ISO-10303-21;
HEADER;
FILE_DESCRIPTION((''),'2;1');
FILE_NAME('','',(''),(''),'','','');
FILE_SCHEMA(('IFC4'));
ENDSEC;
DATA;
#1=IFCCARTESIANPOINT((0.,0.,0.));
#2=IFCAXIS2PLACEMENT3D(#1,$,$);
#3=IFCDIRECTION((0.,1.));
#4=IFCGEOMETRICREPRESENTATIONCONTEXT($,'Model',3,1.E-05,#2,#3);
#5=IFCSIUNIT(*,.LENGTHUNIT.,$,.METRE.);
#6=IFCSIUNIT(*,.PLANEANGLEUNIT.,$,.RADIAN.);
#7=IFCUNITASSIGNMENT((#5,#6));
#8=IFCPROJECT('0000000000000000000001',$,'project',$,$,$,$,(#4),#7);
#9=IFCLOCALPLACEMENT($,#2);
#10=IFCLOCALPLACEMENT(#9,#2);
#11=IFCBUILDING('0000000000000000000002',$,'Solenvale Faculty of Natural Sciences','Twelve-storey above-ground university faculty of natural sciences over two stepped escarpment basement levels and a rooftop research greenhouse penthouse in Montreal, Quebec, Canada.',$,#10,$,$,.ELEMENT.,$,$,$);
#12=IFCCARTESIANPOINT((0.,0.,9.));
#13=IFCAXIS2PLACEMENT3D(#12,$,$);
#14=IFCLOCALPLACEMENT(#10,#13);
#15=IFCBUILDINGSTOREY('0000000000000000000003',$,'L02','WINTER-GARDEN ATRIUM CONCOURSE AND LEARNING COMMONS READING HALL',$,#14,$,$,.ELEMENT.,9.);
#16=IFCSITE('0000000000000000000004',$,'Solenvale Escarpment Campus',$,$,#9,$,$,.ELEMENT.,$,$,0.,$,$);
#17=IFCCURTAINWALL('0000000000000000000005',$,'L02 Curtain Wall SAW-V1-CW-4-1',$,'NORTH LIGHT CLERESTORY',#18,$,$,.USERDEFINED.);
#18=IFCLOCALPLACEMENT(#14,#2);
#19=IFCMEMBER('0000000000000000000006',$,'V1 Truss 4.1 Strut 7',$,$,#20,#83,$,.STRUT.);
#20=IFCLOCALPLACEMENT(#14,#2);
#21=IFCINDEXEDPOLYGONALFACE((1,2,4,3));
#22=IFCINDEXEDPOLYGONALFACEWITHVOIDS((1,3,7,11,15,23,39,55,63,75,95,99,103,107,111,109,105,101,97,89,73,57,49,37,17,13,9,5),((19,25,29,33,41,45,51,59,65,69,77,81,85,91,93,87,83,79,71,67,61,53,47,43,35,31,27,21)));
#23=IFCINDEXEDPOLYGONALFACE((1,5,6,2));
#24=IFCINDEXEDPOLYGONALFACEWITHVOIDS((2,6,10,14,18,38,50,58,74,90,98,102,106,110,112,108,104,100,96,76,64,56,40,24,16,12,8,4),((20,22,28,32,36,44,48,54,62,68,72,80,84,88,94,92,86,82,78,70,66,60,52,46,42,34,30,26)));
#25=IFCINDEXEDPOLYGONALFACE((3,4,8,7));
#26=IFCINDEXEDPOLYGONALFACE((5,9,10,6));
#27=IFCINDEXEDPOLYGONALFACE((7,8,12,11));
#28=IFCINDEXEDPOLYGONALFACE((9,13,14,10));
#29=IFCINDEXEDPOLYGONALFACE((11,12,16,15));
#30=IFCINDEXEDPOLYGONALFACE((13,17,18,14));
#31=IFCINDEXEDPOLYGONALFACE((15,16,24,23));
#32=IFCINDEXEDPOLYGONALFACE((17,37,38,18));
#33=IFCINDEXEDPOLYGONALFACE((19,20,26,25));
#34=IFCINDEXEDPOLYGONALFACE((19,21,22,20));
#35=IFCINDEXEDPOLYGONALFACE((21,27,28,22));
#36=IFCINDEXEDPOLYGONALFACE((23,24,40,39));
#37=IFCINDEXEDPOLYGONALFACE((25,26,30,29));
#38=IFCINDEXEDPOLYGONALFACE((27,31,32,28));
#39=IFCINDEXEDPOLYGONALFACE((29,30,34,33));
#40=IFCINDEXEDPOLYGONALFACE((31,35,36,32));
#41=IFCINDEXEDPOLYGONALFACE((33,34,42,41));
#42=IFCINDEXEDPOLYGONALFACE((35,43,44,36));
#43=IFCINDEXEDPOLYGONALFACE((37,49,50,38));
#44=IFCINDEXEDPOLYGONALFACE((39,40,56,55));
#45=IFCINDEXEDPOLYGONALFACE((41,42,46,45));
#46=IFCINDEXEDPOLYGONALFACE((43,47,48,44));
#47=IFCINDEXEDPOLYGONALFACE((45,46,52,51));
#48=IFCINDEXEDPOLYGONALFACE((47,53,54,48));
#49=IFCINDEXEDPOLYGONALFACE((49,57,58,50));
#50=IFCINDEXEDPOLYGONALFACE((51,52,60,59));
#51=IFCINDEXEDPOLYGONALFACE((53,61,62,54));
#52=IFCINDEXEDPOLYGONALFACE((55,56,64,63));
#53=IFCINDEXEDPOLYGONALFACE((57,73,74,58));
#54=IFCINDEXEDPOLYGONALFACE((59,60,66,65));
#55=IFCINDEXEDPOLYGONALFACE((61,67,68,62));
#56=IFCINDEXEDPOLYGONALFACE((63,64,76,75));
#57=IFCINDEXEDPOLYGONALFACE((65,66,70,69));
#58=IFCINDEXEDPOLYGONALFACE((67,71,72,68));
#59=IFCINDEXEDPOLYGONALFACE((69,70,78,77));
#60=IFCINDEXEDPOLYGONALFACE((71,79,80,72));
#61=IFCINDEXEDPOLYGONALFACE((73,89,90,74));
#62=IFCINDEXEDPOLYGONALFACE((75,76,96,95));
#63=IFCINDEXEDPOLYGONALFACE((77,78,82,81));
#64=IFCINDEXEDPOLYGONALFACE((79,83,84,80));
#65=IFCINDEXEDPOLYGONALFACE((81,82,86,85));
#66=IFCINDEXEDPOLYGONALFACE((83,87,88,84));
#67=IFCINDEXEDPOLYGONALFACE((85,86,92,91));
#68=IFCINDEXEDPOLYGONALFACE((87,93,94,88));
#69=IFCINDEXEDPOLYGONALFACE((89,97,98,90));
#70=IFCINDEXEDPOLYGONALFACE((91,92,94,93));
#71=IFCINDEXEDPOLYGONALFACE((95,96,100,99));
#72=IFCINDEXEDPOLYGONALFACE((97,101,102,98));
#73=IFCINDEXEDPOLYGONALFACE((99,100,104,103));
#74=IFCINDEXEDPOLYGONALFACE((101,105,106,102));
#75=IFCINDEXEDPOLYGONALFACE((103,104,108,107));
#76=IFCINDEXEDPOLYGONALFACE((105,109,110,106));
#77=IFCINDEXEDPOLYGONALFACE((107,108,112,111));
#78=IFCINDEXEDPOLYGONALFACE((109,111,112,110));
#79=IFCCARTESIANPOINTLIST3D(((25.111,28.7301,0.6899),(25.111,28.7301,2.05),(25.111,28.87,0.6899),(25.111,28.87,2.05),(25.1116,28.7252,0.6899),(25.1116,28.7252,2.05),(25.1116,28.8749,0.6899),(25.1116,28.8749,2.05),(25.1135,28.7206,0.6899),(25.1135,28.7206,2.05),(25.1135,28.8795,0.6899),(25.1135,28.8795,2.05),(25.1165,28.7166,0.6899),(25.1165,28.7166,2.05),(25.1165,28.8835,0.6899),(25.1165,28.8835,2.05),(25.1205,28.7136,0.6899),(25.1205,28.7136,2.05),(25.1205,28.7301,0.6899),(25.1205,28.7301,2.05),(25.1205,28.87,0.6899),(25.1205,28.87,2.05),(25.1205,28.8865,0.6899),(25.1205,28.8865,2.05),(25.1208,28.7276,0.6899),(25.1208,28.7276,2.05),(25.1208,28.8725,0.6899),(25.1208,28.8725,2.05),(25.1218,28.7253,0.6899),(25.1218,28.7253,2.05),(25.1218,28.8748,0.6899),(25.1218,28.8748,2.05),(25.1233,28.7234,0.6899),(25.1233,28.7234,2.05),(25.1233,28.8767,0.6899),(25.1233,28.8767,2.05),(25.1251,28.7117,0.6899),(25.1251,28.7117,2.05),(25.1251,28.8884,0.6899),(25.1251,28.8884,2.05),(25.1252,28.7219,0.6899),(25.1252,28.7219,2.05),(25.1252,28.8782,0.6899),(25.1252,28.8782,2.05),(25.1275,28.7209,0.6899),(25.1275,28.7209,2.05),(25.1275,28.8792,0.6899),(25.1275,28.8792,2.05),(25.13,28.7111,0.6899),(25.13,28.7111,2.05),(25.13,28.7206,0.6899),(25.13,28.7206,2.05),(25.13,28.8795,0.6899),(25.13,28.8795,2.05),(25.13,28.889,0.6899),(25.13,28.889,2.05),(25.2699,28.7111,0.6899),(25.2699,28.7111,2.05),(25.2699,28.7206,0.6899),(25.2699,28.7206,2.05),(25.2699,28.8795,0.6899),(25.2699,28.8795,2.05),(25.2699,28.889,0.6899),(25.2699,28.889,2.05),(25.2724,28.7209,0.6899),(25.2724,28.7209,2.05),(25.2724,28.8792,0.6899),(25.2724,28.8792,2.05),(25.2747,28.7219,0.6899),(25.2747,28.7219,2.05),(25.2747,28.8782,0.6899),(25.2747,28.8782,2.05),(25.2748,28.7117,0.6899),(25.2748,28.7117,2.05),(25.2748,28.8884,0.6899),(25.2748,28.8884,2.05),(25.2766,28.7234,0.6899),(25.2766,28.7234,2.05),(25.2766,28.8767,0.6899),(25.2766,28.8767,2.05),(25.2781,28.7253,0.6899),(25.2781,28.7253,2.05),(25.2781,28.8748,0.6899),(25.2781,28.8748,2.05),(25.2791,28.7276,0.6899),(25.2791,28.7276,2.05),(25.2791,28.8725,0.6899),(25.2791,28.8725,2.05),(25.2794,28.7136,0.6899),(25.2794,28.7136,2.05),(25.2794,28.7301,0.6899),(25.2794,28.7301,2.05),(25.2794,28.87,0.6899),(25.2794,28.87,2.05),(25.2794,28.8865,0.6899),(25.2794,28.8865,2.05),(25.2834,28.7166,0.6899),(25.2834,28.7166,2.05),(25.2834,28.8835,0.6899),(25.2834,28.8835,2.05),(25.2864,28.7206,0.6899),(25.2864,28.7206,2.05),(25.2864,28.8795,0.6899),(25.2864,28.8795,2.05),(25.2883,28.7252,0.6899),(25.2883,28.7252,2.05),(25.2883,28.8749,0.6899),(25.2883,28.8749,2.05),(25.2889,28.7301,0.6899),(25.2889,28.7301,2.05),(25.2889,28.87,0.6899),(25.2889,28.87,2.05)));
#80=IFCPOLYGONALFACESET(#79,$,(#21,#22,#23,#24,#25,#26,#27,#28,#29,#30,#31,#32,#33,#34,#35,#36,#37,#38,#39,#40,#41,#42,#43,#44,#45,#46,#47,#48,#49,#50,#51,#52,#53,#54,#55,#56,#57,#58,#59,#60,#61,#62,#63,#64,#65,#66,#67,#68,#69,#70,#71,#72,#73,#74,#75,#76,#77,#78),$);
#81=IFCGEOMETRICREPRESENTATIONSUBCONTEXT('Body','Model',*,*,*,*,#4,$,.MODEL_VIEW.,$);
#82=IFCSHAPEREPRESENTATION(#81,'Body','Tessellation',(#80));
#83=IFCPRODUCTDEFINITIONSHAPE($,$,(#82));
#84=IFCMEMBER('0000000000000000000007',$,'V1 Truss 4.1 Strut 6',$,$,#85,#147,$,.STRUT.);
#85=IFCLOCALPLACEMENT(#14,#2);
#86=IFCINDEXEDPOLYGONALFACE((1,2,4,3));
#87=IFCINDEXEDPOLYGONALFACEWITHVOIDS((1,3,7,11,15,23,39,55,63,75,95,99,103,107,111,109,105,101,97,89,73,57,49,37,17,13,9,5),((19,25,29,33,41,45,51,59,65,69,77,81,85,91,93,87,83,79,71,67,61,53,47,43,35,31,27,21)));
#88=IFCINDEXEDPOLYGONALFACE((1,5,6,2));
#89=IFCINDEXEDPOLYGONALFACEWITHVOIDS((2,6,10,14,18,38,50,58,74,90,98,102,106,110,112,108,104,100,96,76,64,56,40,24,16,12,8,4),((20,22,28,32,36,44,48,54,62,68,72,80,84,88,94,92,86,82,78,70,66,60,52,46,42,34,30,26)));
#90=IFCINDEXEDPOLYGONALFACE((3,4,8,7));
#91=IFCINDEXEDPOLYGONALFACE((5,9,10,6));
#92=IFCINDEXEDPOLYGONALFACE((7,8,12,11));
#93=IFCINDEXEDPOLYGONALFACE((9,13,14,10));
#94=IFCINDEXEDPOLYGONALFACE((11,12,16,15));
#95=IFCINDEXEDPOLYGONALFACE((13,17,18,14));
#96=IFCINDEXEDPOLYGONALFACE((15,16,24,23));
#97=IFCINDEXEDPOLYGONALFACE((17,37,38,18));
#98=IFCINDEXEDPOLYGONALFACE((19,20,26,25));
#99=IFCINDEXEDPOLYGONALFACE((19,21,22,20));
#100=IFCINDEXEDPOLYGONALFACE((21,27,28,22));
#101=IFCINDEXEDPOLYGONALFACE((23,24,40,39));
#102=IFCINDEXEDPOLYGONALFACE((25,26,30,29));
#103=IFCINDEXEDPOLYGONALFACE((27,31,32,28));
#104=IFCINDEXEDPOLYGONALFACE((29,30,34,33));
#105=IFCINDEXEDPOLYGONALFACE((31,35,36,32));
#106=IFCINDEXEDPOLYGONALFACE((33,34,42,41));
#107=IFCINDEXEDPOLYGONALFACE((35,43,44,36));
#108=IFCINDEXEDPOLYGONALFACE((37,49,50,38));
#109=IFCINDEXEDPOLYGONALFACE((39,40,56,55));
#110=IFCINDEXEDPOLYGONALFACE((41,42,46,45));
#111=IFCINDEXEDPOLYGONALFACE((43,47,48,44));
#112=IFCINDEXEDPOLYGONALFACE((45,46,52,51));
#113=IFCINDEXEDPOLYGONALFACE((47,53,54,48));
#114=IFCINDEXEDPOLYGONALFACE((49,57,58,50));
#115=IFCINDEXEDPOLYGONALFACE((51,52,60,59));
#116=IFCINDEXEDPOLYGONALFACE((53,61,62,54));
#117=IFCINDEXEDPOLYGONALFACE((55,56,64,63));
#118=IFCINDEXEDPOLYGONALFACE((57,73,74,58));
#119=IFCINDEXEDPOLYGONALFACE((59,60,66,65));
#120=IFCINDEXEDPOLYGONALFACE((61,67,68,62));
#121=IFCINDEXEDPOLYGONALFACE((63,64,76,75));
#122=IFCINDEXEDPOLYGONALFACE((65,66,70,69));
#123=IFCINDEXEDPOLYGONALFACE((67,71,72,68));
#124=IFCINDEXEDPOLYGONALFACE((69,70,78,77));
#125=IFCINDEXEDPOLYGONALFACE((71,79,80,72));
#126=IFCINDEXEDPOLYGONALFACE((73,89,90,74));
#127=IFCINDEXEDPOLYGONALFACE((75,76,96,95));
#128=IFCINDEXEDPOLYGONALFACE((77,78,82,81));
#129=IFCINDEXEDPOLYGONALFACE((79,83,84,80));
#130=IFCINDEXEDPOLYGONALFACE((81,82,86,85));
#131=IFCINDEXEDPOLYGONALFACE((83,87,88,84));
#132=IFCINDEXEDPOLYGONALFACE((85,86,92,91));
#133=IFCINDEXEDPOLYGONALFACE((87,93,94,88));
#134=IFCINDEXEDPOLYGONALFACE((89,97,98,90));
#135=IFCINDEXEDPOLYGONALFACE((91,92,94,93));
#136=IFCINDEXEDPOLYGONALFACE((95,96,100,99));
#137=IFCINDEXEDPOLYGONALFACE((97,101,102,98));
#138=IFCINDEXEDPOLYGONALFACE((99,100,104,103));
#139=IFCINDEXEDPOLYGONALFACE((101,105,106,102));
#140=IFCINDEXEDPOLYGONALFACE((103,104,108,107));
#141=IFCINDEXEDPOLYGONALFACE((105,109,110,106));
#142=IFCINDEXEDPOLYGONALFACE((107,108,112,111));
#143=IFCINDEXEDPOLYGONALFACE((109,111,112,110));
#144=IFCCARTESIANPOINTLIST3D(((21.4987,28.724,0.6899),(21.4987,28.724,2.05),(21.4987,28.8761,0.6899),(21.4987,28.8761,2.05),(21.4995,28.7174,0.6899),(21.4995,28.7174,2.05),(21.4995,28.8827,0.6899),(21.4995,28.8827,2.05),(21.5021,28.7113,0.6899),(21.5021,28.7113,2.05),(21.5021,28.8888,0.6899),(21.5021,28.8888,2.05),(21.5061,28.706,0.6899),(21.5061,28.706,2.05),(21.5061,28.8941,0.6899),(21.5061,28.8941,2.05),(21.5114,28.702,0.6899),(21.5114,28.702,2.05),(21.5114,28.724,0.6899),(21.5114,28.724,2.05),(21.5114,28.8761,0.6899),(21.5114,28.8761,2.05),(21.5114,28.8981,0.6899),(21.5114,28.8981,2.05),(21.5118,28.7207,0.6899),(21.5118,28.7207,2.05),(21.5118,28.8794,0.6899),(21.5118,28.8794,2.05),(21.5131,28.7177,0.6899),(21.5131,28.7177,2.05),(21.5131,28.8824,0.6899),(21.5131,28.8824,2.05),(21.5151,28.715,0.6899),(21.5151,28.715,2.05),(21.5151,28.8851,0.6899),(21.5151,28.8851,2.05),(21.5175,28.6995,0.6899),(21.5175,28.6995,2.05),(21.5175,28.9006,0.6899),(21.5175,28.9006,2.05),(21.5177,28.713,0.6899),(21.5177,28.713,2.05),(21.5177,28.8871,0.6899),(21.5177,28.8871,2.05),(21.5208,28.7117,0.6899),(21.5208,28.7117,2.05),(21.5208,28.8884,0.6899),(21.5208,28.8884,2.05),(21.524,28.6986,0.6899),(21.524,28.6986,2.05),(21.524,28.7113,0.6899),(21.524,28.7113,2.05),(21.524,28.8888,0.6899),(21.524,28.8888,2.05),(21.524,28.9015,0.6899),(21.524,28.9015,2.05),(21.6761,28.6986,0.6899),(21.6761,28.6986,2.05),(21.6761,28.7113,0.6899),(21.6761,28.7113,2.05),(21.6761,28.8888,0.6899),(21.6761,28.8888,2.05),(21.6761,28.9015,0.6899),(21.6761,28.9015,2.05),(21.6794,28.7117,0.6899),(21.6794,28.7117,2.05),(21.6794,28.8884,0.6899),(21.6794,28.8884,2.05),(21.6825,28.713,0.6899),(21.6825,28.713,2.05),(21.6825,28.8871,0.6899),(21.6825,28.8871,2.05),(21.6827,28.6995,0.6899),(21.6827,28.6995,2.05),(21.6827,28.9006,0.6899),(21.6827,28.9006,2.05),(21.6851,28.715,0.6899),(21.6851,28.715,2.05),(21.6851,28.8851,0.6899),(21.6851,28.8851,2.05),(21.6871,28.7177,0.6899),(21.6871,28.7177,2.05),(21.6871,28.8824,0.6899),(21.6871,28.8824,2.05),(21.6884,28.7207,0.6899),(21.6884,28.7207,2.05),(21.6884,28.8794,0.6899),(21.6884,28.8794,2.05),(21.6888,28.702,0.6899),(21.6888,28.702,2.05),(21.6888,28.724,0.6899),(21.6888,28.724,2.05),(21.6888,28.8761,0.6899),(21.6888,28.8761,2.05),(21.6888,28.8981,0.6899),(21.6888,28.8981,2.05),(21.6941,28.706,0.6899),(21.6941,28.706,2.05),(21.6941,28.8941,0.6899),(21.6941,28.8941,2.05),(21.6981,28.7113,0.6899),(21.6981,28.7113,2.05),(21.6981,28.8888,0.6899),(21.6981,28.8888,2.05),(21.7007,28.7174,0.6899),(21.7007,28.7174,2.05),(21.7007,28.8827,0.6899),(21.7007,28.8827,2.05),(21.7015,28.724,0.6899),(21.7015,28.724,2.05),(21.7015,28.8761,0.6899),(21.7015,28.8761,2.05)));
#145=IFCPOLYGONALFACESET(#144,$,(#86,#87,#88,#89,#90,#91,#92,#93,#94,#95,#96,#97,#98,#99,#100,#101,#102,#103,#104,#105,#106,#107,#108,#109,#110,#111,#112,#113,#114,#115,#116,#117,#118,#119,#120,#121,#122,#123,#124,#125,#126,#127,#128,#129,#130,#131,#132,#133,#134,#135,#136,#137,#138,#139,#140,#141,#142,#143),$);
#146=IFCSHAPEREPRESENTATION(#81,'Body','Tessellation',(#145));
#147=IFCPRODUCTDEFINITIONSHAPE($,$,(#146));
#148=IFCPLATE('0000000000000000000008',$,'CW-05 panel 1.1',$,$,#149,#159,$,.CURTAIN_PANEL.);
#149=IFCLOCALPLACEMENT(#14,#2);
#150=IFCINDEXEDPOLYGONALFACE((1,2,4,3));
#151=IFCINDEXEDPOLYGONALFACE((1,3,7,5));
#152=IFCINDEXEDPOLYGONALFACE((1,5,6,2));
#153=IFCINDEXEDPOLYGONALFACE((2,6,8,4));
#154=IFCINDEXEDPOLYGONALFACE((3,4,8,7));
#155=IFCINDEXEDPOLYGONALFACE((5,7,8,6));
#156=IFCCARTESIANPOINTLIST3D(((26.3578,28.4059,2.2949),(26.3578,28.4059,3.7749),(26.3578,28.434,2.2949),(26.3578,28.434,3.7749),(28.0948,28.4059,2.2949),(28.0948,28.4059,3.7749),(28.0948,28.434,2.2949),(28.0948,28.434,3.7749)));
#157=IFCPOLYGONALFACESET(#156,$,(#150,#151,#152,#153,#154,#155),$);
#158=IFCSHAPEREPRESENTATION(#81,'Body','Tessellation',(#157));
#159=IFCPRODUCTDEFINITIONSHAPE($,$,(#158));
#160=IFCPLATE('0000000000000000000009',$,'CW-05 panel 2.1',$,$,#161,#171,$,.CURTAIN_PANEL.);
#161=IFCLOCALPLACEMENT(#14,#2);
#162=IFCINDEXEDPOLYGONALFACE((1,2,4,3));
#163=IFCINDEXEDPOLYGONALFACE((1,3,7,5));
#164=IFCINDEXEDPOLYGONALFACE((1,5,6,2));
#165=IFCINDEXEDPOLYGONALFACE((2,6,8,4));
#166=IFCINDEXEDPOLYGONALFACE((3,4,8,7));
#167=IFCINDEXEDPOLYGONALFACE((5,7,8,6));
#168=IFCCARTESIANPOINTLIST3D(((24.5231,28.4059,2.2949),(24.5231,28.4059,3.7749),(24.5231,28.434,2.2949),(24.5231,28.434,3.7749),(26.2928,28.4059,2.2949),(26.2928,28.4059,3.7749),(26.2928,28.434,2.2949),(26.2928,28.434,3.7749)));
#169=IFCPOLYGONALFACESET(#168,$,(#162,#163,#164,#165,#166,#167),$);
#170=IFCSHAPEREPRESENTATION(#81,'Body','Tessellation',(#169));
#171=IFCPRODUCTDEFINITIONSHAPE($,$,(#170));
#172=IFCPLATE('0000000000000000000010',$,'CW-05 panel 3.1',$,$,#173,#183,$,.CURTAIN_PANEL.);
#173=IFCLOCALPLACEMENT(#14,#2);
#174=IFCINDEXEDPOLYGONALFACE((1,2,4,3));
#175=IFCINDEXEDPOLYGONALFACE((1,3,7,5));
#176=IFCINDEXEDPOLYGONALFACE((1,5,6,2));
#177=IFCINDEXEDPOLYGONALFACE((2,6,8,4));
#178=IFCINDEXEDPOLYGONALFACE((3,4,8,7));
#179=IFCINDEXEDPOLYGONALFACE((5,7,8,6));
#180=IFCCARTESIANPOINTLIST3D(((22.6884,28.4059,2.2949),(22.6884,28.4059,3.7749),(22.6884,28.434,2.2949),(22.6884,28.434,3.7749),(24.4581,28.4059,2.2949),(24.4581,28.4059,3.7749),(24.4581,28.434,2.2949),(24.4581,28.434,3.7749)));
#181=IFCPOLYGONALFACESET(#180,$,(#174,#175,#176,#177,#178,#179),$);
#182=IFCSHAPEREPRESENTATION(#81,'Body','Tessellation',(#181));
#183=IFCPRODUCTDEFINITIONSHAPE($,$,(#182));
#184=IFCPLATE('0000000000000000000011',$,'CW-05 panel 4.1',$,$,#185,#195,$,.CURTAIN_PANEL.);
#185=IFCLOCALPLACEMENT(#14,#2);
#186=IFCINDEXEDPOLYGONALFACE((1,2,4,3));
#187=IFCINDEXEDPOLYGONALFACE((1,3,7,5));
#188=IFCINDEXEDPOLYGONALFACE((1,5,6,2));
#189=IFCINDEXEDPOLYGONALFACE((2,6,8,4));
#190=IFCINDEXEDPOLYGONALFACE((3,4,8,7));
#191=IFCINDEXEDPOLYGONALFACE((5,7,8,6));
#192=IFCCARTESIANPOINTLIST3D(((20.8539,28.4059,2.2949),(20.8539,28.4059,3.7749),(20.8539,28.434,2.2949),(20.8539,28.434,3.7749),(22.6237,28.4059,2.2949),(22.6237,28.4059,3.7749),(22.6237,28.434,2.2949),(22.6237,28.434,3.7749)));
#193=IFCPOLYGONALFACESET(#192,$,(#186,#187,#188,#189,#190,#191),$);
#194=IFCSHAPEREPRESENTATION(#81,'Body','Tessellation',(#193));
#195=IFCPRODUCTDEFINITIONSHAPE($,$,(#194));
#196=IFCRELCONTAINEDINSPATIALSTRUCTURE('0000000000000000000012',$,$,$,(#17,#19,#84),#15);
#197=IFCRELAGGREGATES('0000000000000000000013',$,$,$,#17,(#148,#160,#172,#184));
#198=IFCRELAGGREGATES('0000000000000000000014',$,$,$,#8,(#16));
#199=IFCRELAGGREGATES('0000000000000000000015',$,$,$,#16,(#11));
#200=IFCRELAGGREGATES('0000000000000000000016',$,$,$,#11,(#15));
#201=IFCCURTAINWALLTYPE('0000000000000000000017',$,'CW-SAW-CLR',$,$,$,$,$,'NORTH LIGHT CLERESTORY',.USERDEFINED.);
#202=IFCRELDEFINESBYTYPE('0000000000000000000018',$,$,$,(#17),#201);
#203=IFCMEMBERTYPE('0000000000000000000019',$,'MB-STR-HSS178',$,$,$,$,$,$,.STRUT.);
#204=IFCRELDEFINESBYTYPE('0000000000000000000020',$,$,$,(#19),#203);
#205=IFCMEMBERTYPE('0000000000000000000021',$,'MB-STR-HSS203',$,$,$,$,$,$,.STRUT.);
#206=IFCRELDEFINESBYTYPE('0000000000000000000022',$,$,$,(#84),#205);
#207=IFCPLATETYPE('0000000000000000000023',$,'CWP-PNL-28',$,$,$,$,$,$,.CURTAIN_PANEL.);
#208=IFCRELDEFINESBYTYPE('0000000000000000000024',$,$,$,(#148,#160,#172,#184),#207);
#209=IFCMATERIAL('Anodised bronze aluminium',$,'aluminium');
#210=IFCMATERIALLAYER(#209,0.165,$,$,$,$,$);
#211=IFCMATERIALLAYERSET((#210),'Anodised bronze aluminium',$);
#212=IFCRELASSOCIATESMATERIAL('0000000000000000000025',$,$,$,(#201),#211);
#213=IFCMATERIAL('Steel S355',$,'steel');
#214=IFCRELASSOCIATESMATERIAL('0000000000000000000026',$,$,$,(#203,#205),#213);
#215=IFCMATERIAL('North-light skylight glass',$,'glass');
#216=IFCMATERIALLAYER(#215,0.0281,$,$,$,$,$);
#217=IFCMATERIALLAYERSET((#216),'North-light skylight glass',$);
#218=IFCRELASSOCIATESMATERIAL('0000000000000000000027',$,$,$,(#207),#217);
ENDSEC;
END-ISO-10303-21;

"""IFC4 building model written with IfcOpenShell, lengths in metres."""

from ifc_helpers import new_model, si_unit, direction, frame, origin, origin_2d, place, context, subcontext, project, spatial, rectangle, hollow_rectangle, extrude, material, layer, layer_set, material_profile, profile_set, type_object, element, aggregate, save


model = new_model("IFC4")

# Units and contexts
model_context = context("Model", 3, precision=1e-05, world=origin(), true_north=direction((0.0, 1.0)))
body_context = subcontext(model_context, "Body", "Model", "MODEL_VIEW")
ifc_project = project(units=[si_unit("LENGTHUNIT", "METRE"), si_unit("PLANEANGLEUNIT", "RADIAN")], contexts=[model_context])

# Site, building, storey
site_placement = place(None, origin())
site = spatial("IfcSite", under=ifc_project, at=site_placement, Name="Solenvale Escarpment Campus", CompositionType="ELEMENT", RefElevation=0.0)
building_placement = place(site_placement, origin())
building = spatial("IfcBuilding", under=site, at=building_placement, Name="Solenvale Faculty of Natural Sciences", Description="Twelve-storey above-ground university faculty of natural sciences over two stepped escarpment basement levels and a rooftop research greenhouse penthouse in Montreal, Quebec, Canada.", CompositionType="ELEMENT")
storey_placement = place(building_placement, frame((0.0, 0.0, 9.0)))
storey = spatial("IfcBuildingStorey", under=building, at=storey_placement, Name="L02", Description="WINTER-GARDEN ATRIUM CONCOURSE AND LEARNING COMMONS READING HALL", CompositionType="ELEMENT", Elevation=9.0)

# Curtain wall
ifc_material_1 = material(Name="Anodised bronze aluminium", Category="aluminium")
ifc_layer_1 = layer(ifc_material_1, 0.165)
ifc_layer_set_1 = layer_set([ifc_layer_1], Name="Anodised bronze aluminium")
curtain_wall_type = type_object("IfcCurtainWallType", Name="CW-SAW-CLR", ElementType="NORTH LIGHT CLERESTORY", PredefinedType="USERDEFINED", material=ifc_layer_set_1)
curtain_wall_placement = place(storey_placement, origin())
curtain_wall = element("IfcCurtainWall", 1, at=curtain_wall_placement, inside=storey, type_object=curtain_wall_type, Name="L02 Curtain Wall SAW-V1-CW-4-1", ObjectType="NORTH LIGHT CLERESTORY", PredefinedType="USERDEFINED")

# Members
ifc_material_2 = material(Name="Steel S355", Category="steel")
ifc_material_profile_1 = material_profile(ifc_material_2, hollow_rectangle(XDim=0.178, YDim=0.178, WallThickness=0.0095, InnerFilletRadius=0.0095, OuterFilletRadius=0.019, at=origin_2d()), Name="HSS178x178x9.5")
ifc_profile_set_1 = profile_set([ifc_material_profile_1], Name="Steel S355")
member_type_1 = type_object("IfcMemberType", Name="MB-STR-HSS178", PredefinedType="STRUT", material=ifc_profile_set_1)
member_1_placement = place(storey_placement, frame((25.2, 28.8, 0.6899), z_axis=(0.0, 0.0, 1.0), x_axis=(1.0, 0.0, 0.0)))
element("IfcMember", 2, at=member_1_placement, inside=storey, type_object=member_type_1, Name="V1 Truss 4.1 Strut 7", PredefinedType="STRUT", context=body_context, shape_type="SweptSolid", body=[
    extrude(hollow_rectangle(XDim=0.178, YDim=0.178, WallThickness=0.0095, InnerFilletRadius=0.0095, OuterFilletRadius=0.019, at=origin_2d()), origin(), (0.0, 0.0, 1.0), 1.3601),
])
ifc_material_profile_2 = material_profile(ifc_material_2, hollow_rectangle(XDim=0.2029, YDim=0.2029, WallThickness=0.0127, InnerFilletRadius=0.0127, OuterFilletRadius=0.0254, at=origin_2d()), Name="HSS203x203x13")
ifc_profile_set_2 = profile_set([ifc_material_profile_2], Name="Steel S355")
member_type_2 = type_object("IfcMemberType", Name="MB-STR-HSS203", PredefinedType="STRUT", material=ifc_profile_set_2)
member_2_placement = place(storey_placement, frame((21.6001, 28.8, 0.6899), z_axis=(0.0, 0.0, 1.0), x_axis=(1.0, 0.0, 0.0)))
element("IfcMember", 3, at=member_2_placement, inside=storey, type_object=member_type_2, Name="V1 Truss 4.1 Strut 6", PredefinedType="STRUT", context=body_context, shape_type="SweptSolid", body=[
    extrude(hollow_rectangle(XDim=0.2029, YDim=0.2029, WallThickness=0.0127, InnerFilletRadius=0.0127, OuterFilletRadius=0.0254, at=origin_2d()), origin(), (0.0, 0.0, 1.0), 1.3601),
])

# Plates
ifc_material_3 = material(Name="North-light skylight glass", Category="glass")
ifc_layer_2 = layer(ifc_material_3, 0.0281)
ifc_layer_set_2 = layer_set([ifc_layer_2], Name="North-light skylight glass")
plate_type_1 = type_object("IfcPlateType", Name="CWP-PNL-28", PredefinedType="CURTAIN_PANEL", material=ifc_layer_set_2)
plate_1_placement = place(storey_placement, frame((27.2263, 28.4199, 2.2949), z_axis=(0.0, 0.0, 1.0), x_axis=(-1.0, 0.0, 0.0)))
plate_1 = element("IfcPlate", 4, at=plate_1_placement, type_object=plate_type_1, Name="CW-05 panel 1.1", PredefinedType="CURTAIN_PANEL", context=body_context, shape_type="SweptSolid", body=[
    extrude(rectangle(XDim=1.7371, YDim=0.0281, at=origin_2d()), origin(), (0.0, 0.0, 1.0), 1.48),
])
plate_2_placement = place(storey_placement, frame((25.408, 28.4199, 2.2949), z_axis=(0.0, 0.0, 1.0), x_axis=(-1.0, 0.0, 0.0)))
plate_2 = element("IfcPlate", 5, at=plate_2_placement, type_object=plate_type_1, Name="CW-05 panel 2.1", PredefinedType="CURTAIN_PANEL", context=body_context, shape_type="SweptSolid", body=[
    extrude(rectangle(XDim=1.7698, YDim=0.0281, at=origin_2d()), origin(), (0.0, 0.0, 1.0), 1.48),
])
plate_3_placement = place(storey_placement, frame((23.5732, 28.4199, 2.2949), z_axis=(0.0, 0.0, 1.0), x_axis=(-1.0, 0.0, 0.0)))
plate_3 = element("IfcPlate", 6, at=plate_3_placement, type_object=plate_type_1, Name="CW-05 panel 3.1", PredefinedType="CURTAIN_PANEL", context=body_context, shape_type="SweptSolid", body=[
    extrude(rectangle(XDim=1.7698, YDim=0.0281, at=origin_2d()), origin(), (0.0, 0.0, 1.0), 1.48),
])
plate_4_placement = place(storey_placement, frame((21.7388, 28.4199, 2.2949), z_axis=(0.0, 0.0, 1.0), x_axis=(-1.0, 0.0, 0.0)))
plate_4 = element("IfcPlate", 7, at=plate_4_placement, type_object=plate_type_1, Name="CW-05 panel 4.1", PredefinedType="CURTAIN_PANEL", context=body_context, shape_type="SweptSolid", body=[
    extrude(rectangle(XDim=1.7698, YDim=0.0281, at=origin_2d()), origin(), (0.0, 0.0, 1.0), 1.48),
])
aggregate(curtain_wall, [plate_1, plate_2, plate_3, plate_4])

save(model, "model.ifc")
